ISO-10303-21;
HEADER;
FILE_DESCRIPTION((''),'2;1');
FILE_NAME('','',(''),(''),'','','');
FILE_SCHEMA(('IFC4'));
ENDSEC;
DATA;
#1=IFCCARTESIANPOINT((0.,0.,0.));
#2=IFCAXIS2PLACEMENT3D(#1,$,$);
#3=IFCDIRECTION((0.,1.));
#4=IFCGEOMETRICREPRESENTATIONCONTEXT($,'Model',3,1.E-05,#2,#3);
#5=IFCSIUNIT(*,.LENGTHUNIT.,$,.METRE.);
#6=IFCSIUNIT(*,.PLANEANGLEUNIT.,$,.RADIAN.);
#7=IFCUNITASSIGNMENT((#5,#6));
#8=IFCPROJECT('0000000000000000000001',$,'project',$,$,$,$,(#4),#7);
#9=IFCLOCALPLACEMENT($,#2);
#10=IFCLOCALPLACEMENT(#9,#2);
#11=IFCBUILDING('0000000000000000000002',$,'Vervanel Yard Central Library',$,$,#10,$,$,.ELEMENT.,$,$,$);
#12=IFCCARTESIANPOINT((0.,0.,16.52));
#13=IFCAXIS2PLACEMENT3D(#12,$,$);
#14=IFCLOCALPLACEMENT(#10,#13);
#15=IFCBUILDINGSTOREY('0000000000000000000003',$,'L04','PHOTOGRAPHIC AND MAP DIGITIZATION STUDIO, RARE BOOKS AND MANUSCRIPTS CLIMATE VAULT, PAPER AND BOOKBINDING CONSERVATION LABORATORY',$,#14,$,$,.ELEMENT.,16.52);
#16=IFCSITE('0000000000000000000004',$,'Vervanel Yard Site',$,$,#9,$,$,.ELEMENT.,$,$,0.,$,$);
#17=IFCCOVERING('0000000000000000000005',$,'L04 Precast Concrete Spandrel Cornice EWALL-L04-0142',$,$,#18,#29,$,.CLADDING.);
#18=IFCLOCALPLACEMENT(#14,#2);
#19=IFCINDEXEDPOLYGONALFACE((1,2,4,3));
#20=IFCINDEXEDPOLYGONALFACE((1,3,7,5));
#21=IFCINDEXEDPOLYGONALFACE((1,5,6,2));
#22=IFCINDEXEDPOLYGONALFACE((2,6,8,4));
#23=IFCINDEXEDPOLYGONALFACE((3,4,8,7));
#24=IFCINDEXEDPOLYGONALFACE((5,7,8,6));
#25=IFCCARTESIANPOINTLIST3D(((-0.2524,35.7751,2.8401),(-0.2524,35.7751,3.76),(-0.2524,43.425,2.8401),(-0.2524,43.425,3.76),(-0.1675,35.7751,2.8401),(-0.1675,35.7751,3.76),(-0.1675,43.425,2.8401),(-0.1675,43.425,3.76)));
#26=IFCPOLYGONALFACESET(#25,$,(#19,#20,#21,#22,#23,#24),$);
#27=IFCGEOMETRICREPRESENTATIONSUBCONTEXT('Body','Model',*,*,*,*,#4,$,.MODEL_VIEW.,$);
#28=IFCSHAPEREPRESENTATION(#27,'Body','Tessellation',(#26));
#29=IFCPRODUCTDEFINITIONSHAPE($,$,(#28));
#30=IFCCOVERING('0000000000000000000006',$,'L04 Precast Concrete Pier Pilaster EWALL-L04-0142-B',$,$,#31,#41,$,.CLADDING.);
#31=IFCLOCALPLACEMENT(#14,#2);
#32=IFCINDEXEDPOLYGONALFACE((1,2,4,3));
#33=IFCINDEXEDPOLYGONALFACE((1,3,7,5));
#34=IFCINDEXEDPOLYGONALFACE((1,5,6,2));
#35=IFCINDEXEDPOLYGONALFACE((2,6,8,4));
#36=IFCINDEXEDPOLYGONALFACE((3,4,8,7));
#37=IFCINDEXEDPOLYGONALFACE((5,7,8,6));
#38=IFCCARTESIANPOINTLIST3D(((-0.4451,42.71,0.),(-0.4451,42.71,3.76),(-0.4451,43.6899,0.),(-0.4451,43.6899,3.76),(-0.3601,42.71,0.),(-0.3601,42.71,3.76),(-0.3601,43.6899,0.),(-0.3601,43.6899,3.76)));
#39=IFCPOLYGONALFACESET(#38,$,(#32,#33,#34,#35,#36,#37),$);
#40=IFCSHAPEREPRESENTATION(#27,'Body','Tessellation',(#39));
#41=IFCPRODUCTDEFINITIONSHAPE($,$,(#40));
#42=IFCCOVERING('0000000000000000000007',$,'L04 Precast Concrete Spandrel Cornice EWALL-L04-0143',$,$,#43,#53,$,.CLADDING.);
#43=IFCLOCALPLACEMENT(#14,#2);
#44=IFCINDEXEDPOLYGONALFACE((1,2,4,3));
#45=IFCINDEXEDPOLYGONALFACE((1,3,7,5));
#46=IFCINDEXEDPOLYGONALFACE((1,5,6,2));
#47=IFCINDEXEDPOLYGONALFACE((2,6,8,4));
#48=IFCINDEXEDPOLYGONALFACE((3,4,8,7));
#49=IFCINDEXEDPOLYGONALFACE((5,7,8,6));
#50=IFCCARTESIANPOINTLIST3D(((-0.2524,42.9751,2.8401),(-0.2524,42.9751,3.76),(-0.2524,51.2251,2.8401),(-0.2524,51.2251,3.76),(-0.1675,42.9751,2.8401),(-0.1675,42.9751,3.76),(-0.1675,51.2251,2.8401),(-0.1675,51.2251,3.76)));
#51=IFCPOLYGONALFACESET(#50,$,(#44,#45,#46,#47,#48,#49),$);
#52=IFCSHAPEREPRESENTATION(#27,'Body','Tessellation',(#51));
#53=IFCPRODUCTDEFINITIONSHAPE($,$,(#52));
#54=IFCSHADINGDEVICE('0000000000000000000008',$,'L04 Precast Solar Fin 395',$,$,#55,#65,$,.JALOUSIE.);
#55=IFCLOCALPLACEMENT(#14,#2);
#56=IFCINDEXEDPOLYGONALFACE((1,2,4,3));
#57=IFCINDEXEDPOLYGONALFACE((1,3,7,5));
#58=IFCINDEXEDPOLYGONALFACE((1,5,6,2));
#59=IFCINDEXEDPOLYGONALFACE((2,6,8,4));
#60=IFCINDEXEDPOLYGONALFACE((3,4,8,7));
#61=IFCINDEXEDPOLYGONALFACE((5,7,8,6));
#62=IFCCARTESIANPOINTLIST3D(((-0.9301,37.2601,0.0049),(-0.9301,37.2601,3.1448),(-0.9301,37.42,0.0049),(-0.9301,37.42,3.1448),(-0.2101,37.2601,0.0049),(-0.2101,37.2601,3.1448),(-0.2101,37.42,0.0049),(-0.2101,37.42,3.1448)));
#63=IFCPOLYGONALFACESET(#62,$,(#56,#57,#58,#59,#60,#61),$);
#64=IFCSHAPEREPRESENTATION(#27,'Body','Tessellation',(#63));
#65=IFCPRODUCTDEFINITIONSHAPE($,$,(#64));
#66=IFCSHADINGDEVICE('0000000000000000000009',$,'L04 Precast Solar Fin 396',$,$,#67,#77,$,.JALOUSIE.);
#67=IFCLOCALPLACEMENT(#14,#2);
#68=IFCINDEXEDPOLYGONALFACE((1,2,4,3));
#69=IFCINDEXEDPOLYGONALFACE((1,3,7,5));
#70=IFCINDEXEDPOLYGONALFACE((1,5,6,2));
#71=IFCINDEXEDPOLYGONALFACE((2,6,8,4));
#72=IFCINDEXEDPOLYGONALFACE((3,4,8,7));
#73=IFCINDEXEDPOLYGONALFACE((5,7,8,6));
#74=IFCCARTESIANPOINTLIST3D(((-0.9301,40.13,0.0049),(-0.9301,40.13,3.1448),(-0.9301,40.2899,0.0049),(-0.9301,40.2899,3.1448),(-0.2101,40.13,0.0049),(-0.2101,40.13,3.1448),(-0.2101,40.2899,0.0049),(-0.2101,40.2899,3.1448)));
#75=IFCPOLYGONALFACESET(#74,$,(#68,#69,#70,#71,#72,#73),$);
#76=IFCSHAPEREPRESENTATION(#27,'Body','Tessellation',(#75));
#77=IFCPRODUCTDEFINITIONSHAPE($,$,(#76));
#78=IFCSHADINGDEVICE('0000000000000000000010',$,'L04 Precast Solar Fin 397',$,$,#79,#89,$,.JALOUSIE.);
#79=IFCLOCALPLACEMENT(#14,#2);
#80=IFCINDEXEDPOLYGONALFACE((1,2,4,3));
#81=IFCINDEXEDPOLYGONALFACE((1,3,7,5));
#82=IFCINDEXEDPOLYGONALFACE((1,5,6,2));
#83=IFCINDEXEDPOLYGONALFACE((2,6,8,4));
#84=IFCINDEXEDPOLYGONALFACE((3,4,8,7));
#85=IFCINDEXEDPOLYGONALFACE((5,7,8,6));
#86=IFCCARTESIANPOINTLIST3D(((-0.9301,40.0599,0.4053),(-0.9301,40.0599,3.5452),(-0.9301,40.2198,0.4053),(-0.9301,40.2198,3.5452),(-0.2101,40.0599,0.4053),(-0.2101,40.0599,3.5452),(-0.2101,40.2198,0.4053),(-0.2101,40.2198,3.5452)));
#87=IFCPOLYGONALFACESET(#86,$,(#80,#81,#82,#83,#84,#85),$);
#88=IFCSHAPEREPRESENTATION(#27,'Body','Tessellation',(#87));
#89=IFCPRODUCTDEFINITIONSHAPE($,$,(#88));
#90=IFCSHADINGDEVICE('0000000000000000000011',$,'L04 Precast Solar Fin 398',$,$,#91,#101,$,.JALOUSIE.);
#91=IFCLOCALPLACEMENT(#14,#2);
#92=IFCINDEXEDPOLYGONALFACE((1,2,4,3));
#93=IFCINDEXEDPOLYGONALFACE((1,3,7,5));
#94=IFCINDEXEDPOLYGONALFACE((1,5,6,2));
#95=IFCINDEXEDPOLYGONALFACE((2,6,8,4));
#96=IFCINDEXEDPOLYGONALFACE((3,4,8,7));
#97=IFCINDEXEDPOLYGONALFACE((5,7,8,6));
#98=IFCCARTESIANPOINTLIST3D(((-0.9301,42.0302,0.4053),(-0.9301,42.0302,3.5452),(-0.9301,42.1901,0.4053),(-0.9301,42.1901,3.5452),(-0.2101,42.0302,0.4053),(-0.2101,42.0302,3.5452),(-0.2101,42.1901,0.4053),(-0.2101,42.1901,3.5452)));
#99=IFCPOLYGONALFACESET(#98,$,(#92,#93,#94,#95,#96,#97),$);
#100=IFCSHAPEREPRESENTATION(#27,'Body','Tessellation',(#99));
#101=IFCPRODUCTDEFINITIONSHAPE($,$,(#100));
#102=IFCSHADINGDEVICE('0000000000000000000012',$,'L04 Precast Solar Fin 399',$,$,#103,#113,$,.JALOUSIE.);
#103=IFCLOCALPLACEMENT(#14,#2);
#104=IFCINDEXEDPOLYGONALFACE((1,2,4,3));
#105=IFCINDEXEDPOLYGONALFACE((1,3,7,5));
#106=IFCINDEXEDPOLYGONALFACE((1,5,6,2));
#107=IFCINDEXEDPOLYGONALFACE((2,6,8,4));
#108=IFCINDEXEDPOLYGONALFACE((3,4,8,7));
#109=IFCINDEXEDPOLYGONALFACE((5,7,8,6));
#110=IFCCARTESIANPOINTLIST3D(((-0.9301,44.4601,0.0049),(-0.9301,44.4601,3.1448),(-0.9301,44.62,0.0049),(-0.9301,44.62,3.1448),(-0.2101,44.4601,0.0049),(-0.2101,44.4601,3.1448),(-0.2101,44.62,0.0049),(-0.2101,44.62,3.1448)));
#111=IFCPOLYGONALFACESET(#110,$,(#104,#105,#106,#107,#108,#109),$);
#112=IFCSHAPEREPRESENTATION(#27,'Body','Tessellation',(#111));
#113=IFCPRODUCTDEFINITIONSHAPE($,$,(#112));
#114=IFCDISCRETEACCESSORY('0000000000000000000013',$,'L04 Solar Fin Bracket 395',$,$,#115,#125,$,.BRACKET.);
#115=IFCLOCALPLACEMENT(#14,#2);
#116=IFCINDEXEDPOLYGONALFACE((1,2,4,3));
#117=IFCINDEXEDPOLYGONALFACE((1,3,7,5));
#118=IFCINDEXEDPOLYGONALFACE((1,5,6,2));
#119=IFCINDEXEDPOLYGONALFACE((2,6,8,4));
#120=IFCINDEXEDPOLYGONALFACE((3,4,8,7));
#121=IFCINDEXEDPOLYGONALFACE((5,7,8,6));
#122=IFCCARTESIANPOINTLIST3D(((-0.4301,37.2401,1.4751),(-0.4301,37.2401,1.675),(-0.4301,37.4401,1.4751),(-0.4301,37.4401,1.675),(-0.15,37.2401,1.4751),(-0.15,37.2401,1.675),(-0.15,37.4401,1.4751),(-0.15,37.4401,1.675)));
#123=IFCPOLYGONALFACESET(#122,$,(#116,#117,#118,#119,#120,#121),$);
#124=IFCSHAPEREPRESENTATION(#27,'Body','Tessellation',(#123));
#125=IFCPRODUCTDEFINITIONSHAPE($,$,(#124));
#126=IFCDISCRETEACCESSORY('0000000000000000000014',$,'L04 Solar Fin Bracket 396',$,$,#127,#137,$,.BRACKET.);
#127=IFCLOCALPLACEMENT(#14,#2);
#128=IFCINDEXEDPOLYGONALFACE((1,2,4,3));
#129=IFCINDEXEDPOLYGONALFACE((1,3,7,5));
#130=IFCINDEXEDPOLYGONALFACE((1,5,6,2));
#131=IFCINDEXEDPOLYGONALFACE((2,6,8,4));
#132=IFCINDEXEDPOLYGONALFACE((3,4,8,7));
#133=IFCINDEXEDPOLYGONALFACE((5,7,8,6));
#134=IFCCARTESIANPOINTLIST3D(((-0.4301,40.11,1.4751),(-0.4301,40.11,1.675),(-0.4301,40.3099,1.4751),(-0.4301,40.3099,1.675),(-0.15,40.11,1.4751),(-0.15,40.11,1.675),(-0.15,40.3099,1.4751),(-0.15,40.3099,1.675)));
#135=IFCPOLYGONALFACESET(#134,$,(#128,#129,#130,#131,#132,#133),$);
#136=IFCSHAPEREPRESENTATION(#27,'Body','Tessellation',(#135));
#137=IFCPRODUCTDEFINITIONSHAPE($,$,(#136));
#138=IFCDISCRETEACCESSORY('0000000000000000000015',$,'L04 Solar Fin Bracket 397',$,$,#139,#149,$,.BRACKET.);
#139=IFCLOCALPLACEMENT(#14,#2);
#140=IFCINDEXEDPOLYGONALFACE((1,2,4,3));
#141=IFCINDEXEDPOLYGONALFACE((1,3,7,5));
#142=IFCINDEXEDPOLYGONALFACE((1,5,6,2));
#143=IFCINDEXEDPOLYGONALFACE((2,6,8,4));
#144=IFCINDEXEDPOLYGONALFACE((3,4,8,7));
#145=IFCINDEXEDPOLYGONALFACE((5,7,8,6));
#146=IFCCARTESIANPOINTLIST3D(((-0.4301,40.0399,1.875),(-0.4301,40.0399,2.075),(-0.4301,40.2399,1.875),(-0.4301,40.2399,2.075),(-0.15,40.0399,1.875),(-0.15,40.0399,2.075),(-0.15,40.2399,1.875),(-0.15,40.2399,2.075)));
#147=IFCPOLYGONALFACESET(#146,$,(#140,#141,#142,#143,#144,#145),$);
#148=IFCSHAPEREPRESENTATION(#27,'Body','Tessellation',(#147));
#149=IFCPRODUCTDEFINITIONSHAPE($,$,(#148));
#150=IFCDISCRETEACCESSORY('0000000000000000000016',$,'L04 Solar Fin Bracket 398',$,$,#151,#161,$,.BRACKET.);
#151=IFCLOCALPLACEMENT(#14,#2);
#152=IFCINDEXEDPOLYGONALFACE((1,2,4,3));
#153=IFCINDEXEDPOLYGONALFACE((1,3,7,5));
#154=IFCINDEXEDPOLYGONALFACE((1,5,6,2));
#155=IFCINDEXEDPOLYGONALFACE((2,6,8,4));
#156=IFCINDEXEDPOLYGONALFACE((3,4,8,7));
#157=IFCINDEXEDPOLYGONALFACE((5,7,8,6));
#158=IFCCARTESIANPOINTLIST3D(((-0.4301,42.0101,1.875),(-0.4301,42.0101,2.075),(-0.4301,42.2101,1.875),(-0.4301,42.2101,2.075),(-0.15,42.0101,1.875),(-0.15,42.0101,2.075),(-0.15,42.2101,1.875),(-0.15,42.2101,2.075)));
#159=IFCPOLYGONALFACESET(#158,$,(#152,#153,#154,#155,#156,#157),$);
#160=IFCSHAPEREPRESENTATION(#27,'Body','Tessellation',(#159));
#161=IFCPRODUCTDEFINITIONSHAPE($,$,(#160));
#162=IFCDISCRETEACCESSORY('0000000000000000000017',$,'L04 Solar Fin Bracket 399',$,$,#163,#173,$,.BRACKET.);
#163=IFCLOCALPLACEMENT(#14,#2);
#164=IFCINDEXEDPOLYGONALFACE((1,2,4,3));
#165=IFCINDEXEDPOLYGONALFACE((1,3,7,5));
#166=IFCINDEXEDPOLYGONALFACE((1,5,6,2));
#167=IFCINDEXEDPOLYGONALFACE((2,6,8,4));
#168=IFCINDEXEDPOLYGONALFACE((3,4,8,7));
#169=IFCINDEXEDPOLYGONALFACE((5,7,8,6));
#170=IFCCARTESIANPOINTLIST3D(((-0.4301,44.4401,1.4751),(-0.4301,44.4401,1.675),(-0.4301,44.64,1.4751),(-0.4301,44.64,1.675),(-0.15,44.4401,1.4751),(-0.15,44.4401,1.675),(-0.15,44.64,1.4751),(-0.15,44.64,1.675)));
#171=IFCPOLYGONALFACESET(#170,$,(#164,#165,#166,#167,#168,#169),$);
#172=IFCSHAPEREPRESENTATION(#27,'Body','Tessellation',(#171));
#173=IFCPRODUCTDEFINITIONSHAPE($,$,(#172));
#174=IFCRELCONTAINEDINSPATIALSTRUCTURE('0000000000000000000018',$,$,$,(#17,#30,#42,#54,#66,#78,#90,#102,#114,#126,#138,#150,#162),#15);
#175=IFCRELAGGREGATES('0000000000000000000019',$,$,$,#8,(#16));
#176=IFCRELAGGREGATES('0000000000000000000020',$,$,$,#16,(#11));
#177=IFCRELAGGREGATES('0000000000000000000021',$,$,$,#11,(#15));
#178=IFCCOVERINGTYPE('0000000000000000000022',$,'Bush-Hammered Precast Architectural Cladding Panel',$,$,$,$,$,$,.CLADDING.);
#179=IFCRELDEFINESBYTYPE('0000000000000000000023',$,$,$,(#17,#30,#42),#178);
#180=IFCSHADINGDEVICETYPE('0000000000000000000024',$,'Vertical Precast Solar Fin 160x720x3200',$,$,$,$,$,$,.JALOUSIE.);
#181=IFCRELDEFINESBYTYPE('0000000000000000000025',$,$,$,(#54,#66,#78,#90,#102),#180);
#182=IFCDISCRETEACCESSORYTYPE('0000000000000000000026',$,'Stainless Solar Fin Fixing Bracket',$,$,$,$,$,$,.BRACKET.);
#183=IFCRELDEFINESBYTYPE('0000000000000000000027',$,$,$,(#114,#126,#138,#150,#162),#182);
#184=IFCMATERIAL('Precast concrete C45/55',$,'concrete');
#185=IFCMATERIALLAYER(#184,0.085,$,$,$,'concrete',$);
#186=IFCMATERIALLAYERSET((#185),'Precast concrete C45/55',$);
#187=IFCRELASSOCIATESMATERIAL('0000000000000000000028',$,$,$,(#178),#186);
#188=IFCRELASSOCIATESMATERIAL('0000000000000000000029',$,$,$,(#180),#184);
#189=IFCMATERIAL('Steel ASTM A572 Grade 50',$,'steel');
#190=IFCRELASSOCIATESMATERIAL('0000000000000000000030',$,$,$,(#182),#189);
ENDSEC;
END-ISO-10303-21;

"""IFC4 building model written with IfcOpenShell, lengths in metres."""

from ifc_helpers import new_model, si_unit, direction, frame, origin, origin_2d, place, context, subcontext, project, spatial, rectangle, extrude, material, layer, layer_set, type_object, element, save


model = new_model("IFC4")

# Units and contexts
model_context = context("Model", 3, precision=1e-05, world=origin(), true_north=direction((0.0, 1.0)))
body_context = subcontext(model_context, "Body", "Model", "MODEL_VIEW")
ifc_project = project(units=[si_unit("LENGTHUNIT", "METRE"), si_unit("PLANEANGLEUNIT", "RADIAN")], contexts=[model_context])

# Site, building, storey
site_placement = place(None, origin())
site = spatial("IfcSite", under=ifc_project, at=site_placement, Name="Vervanel Yard Site", CompositionType="ELEMENT", RefElevation=0.0)
building_placement = place(site_placement, origin())
building = spatial("IfcBuilding", under=site, at=building_placement, Name="Vervanel Yard Central Library", CompositionType="ELEMENT")
storey_placement = place(building_placement, frame((0.0, 0.0, 16.52)))
storey = spatial("IfcBuildingStorey", under=building, at=storey_placement, Name="L04", Description="PHOTOGRAPHIC AND MAP DIGITIZATION STUDIO, RARE BOOKS AND MANUSCRIPTS CLIMATE VAULT, PAPER AND BOOKBINDING CONSERVATION LABORATORY", CompositionType="ELEMENT", Elevation=16.52)

# Coverings
ifc_material_1 = material(Name="Precast concrete C45/55", Category="concrete")
ifc_layer_1 = layer(ifc_material_1, 0.085, Category="concrete")
ifc_layer_set_1 = layer_set([ifc_layer_1], Name="Precast concrete C45/55")
covering_type = type_object("IfcCoveringType", Name="Bush-Hammered Precast Architectural Cladding Panel", PredefinedType="CLADDING", material=ifc_layer_set_1)
covering_1_placement = place(storey_placement, frame((-0.21, 39.6001, 2.8401), z_axis=(0.0, 0.0, 1.0), x_axis=(0.0, 1.0, 0.0)))
element("IfcCovering", 1, at=covering_1_placement, inside=storey, type_object=covering_type, Name="L04 Precast Concrete Spandrel Cornice EWALL-L04-0142", PredefinedType="CLADDING", context=body_context, shape_type="SweptSolid", body=[
    extrude(rectangle(XDim=7.6499, YDim=0.085, at=origin_2d()), origin(), (0.0, 0.0, 1.0), 0.9199),
])
covering_2_placement = place(storey_placement, frame((-0.4026, 43.2, 0.0), z_axis=(0.0, 0.0, 1.0), x_axis=(0.0, 1.0, 0.0)))
element("IfcCovering", 2, at=covering_2_placement, inside=storey, type_object=covering_type, Name="L04 Precast Concrete Pier Pilaster EWALL-L04-0142-B", PredefinedType="CLADDING", context=body_context, shape_type="SweptSolid", body=[
    extrude(rectangle(XDim=0.98, YDim=0.085, at=origin_2d()), origin(), (0.0, 0.0, 1.0), 3.76),
])
covering_3_placement = place(storey_placement, frame((-0.21, 47.1001, 2.8401), z_axis=(0.0, 0.0, 1.0), x_axis=(0.0, 1.0, 0.0)))
element("IfcCovering", 3, at=covering_3_placement, inside=storey, type_object=covering_type, Name="L04 Precast Concrete Spandrel Cornice EWALL-L04-0143", PredefinedType="CLADDING", context=body_context, shape_type="SweptSolid", body=[
    extrude(rectangle(XDim=8.25, YDim=0.085, at=origin_2d()), origin(), (0.0, 0.0, 1.0), 0.9199),
])

# Shading devices
shading_device_type = type_object("IfcShadingDeviceType", Name="Vertical Precast Solar Fin 160x720x3200", PredefinedType="JALOUSIE", material=ifc_material_1)
for number, where, z_axis, x_axis, name in (
    (4, (-0.5701, 37.3401, 0.0049), (0.0, 0.0, 1.0), (0.0, 1.0, 0.0), "L04 Precast Solar Fin 395"),
    (5, (-0.5701, 40.21, 0.0049), (0.0, 0.0, 1.0), (0.0, 1.0, 0.0), "L04 Precast Solar Fin 396"),
    (6, (-0.5701, 40.1399, 0.4053), (0.0, 0.0, 1.0), (0.0, 1.0, 0.0), "L04 Precast Solar Fin 397"),
    (7, (-0.5701, 42.1101, 0.4053), (0.0, 0.0, 1.0), (0.0, 1.0, 0.0), "L04 Precast Solar Fin 398"),
    (8, (-0.5701, 44.54, 0.0049), (0.0, 0.0, 1.0), (0.0, 1.0, 0.0), "L04 Precast Solar Fin 399"),
):
    element("IfcShadingDevice", number, at=place(storey_placement, frame(where, z_axis=z_axis, x_axis=x_axis)), inside=storey, type_object=shading_device_type, Name=name, PredefinedType="JALOUSIE", context=body_context, shape_type="SweptSolid", body=[
        extrude(rectangle(XDim=0.1599, YDim=0.72, at=origin_2d()), origin(), (0.0, 0.0, 1.0), 3.1399),
    ])

# Discrete accessories
ifc_material_2 = material(Name="Steel ASTM A572 Grade 50", Category="steel")
discrete_accessory_type = type_object("IfcDiscreteAccessoryType", Name="Stainless Solar Fin Fixing Bracket", PredefinedType="BRACKET", material=ifc_material_2)
for number, where, z_axis, x_axis, name in (
    (9, (-0.29, 37.3401, 1.4751), (0.0, 0.0, 1.0), (0.0, 1.0, 0.0), "L04 Solar Fin Bracket 395"),
    (10, (-0.29, 40.21, 1.4751), (0.0, 0.0, 1.0), (0.0, 1.0, 0.0), "L04 Solar Fin Bracket 396"),
    (11, (-0.29, 40.1399, 1.875), (0.0, 0.0, 1.0), (0.0, 1.0, 0.0), "L04 Solar Fin Bracket 397"),
    (12, (-0.29, 42.1101, 1.875), (0.0, 0.0, 1.0), (0.0, 1.0, 0.0), "L04 Solar Fin Bracket 398"),
    (13, (-0.29, 44.54, 1.4751), (0.0, 0.0, 1.0), (0.0, 1.0, 0.0), "L04 Solar Fin Bracket 399"),
):
    element("IfcDiscreteAccessory", number, at=place(storey_placement, frame(where, z_axis=z_axis, x_axis=x_axis)), inside=storey, type_object=discrete_accessory_type, Name=name, PredefinedType="BRACKET", context=body_context, shape_type="SweptSolid", body=[
        extrude(rectangle(XDim=0.2, YDim=0.28, at=origin_2d()), origin(), (0.0, 0.0, 1.0), 0.2),
    ])

save(model, "model.ifc")
